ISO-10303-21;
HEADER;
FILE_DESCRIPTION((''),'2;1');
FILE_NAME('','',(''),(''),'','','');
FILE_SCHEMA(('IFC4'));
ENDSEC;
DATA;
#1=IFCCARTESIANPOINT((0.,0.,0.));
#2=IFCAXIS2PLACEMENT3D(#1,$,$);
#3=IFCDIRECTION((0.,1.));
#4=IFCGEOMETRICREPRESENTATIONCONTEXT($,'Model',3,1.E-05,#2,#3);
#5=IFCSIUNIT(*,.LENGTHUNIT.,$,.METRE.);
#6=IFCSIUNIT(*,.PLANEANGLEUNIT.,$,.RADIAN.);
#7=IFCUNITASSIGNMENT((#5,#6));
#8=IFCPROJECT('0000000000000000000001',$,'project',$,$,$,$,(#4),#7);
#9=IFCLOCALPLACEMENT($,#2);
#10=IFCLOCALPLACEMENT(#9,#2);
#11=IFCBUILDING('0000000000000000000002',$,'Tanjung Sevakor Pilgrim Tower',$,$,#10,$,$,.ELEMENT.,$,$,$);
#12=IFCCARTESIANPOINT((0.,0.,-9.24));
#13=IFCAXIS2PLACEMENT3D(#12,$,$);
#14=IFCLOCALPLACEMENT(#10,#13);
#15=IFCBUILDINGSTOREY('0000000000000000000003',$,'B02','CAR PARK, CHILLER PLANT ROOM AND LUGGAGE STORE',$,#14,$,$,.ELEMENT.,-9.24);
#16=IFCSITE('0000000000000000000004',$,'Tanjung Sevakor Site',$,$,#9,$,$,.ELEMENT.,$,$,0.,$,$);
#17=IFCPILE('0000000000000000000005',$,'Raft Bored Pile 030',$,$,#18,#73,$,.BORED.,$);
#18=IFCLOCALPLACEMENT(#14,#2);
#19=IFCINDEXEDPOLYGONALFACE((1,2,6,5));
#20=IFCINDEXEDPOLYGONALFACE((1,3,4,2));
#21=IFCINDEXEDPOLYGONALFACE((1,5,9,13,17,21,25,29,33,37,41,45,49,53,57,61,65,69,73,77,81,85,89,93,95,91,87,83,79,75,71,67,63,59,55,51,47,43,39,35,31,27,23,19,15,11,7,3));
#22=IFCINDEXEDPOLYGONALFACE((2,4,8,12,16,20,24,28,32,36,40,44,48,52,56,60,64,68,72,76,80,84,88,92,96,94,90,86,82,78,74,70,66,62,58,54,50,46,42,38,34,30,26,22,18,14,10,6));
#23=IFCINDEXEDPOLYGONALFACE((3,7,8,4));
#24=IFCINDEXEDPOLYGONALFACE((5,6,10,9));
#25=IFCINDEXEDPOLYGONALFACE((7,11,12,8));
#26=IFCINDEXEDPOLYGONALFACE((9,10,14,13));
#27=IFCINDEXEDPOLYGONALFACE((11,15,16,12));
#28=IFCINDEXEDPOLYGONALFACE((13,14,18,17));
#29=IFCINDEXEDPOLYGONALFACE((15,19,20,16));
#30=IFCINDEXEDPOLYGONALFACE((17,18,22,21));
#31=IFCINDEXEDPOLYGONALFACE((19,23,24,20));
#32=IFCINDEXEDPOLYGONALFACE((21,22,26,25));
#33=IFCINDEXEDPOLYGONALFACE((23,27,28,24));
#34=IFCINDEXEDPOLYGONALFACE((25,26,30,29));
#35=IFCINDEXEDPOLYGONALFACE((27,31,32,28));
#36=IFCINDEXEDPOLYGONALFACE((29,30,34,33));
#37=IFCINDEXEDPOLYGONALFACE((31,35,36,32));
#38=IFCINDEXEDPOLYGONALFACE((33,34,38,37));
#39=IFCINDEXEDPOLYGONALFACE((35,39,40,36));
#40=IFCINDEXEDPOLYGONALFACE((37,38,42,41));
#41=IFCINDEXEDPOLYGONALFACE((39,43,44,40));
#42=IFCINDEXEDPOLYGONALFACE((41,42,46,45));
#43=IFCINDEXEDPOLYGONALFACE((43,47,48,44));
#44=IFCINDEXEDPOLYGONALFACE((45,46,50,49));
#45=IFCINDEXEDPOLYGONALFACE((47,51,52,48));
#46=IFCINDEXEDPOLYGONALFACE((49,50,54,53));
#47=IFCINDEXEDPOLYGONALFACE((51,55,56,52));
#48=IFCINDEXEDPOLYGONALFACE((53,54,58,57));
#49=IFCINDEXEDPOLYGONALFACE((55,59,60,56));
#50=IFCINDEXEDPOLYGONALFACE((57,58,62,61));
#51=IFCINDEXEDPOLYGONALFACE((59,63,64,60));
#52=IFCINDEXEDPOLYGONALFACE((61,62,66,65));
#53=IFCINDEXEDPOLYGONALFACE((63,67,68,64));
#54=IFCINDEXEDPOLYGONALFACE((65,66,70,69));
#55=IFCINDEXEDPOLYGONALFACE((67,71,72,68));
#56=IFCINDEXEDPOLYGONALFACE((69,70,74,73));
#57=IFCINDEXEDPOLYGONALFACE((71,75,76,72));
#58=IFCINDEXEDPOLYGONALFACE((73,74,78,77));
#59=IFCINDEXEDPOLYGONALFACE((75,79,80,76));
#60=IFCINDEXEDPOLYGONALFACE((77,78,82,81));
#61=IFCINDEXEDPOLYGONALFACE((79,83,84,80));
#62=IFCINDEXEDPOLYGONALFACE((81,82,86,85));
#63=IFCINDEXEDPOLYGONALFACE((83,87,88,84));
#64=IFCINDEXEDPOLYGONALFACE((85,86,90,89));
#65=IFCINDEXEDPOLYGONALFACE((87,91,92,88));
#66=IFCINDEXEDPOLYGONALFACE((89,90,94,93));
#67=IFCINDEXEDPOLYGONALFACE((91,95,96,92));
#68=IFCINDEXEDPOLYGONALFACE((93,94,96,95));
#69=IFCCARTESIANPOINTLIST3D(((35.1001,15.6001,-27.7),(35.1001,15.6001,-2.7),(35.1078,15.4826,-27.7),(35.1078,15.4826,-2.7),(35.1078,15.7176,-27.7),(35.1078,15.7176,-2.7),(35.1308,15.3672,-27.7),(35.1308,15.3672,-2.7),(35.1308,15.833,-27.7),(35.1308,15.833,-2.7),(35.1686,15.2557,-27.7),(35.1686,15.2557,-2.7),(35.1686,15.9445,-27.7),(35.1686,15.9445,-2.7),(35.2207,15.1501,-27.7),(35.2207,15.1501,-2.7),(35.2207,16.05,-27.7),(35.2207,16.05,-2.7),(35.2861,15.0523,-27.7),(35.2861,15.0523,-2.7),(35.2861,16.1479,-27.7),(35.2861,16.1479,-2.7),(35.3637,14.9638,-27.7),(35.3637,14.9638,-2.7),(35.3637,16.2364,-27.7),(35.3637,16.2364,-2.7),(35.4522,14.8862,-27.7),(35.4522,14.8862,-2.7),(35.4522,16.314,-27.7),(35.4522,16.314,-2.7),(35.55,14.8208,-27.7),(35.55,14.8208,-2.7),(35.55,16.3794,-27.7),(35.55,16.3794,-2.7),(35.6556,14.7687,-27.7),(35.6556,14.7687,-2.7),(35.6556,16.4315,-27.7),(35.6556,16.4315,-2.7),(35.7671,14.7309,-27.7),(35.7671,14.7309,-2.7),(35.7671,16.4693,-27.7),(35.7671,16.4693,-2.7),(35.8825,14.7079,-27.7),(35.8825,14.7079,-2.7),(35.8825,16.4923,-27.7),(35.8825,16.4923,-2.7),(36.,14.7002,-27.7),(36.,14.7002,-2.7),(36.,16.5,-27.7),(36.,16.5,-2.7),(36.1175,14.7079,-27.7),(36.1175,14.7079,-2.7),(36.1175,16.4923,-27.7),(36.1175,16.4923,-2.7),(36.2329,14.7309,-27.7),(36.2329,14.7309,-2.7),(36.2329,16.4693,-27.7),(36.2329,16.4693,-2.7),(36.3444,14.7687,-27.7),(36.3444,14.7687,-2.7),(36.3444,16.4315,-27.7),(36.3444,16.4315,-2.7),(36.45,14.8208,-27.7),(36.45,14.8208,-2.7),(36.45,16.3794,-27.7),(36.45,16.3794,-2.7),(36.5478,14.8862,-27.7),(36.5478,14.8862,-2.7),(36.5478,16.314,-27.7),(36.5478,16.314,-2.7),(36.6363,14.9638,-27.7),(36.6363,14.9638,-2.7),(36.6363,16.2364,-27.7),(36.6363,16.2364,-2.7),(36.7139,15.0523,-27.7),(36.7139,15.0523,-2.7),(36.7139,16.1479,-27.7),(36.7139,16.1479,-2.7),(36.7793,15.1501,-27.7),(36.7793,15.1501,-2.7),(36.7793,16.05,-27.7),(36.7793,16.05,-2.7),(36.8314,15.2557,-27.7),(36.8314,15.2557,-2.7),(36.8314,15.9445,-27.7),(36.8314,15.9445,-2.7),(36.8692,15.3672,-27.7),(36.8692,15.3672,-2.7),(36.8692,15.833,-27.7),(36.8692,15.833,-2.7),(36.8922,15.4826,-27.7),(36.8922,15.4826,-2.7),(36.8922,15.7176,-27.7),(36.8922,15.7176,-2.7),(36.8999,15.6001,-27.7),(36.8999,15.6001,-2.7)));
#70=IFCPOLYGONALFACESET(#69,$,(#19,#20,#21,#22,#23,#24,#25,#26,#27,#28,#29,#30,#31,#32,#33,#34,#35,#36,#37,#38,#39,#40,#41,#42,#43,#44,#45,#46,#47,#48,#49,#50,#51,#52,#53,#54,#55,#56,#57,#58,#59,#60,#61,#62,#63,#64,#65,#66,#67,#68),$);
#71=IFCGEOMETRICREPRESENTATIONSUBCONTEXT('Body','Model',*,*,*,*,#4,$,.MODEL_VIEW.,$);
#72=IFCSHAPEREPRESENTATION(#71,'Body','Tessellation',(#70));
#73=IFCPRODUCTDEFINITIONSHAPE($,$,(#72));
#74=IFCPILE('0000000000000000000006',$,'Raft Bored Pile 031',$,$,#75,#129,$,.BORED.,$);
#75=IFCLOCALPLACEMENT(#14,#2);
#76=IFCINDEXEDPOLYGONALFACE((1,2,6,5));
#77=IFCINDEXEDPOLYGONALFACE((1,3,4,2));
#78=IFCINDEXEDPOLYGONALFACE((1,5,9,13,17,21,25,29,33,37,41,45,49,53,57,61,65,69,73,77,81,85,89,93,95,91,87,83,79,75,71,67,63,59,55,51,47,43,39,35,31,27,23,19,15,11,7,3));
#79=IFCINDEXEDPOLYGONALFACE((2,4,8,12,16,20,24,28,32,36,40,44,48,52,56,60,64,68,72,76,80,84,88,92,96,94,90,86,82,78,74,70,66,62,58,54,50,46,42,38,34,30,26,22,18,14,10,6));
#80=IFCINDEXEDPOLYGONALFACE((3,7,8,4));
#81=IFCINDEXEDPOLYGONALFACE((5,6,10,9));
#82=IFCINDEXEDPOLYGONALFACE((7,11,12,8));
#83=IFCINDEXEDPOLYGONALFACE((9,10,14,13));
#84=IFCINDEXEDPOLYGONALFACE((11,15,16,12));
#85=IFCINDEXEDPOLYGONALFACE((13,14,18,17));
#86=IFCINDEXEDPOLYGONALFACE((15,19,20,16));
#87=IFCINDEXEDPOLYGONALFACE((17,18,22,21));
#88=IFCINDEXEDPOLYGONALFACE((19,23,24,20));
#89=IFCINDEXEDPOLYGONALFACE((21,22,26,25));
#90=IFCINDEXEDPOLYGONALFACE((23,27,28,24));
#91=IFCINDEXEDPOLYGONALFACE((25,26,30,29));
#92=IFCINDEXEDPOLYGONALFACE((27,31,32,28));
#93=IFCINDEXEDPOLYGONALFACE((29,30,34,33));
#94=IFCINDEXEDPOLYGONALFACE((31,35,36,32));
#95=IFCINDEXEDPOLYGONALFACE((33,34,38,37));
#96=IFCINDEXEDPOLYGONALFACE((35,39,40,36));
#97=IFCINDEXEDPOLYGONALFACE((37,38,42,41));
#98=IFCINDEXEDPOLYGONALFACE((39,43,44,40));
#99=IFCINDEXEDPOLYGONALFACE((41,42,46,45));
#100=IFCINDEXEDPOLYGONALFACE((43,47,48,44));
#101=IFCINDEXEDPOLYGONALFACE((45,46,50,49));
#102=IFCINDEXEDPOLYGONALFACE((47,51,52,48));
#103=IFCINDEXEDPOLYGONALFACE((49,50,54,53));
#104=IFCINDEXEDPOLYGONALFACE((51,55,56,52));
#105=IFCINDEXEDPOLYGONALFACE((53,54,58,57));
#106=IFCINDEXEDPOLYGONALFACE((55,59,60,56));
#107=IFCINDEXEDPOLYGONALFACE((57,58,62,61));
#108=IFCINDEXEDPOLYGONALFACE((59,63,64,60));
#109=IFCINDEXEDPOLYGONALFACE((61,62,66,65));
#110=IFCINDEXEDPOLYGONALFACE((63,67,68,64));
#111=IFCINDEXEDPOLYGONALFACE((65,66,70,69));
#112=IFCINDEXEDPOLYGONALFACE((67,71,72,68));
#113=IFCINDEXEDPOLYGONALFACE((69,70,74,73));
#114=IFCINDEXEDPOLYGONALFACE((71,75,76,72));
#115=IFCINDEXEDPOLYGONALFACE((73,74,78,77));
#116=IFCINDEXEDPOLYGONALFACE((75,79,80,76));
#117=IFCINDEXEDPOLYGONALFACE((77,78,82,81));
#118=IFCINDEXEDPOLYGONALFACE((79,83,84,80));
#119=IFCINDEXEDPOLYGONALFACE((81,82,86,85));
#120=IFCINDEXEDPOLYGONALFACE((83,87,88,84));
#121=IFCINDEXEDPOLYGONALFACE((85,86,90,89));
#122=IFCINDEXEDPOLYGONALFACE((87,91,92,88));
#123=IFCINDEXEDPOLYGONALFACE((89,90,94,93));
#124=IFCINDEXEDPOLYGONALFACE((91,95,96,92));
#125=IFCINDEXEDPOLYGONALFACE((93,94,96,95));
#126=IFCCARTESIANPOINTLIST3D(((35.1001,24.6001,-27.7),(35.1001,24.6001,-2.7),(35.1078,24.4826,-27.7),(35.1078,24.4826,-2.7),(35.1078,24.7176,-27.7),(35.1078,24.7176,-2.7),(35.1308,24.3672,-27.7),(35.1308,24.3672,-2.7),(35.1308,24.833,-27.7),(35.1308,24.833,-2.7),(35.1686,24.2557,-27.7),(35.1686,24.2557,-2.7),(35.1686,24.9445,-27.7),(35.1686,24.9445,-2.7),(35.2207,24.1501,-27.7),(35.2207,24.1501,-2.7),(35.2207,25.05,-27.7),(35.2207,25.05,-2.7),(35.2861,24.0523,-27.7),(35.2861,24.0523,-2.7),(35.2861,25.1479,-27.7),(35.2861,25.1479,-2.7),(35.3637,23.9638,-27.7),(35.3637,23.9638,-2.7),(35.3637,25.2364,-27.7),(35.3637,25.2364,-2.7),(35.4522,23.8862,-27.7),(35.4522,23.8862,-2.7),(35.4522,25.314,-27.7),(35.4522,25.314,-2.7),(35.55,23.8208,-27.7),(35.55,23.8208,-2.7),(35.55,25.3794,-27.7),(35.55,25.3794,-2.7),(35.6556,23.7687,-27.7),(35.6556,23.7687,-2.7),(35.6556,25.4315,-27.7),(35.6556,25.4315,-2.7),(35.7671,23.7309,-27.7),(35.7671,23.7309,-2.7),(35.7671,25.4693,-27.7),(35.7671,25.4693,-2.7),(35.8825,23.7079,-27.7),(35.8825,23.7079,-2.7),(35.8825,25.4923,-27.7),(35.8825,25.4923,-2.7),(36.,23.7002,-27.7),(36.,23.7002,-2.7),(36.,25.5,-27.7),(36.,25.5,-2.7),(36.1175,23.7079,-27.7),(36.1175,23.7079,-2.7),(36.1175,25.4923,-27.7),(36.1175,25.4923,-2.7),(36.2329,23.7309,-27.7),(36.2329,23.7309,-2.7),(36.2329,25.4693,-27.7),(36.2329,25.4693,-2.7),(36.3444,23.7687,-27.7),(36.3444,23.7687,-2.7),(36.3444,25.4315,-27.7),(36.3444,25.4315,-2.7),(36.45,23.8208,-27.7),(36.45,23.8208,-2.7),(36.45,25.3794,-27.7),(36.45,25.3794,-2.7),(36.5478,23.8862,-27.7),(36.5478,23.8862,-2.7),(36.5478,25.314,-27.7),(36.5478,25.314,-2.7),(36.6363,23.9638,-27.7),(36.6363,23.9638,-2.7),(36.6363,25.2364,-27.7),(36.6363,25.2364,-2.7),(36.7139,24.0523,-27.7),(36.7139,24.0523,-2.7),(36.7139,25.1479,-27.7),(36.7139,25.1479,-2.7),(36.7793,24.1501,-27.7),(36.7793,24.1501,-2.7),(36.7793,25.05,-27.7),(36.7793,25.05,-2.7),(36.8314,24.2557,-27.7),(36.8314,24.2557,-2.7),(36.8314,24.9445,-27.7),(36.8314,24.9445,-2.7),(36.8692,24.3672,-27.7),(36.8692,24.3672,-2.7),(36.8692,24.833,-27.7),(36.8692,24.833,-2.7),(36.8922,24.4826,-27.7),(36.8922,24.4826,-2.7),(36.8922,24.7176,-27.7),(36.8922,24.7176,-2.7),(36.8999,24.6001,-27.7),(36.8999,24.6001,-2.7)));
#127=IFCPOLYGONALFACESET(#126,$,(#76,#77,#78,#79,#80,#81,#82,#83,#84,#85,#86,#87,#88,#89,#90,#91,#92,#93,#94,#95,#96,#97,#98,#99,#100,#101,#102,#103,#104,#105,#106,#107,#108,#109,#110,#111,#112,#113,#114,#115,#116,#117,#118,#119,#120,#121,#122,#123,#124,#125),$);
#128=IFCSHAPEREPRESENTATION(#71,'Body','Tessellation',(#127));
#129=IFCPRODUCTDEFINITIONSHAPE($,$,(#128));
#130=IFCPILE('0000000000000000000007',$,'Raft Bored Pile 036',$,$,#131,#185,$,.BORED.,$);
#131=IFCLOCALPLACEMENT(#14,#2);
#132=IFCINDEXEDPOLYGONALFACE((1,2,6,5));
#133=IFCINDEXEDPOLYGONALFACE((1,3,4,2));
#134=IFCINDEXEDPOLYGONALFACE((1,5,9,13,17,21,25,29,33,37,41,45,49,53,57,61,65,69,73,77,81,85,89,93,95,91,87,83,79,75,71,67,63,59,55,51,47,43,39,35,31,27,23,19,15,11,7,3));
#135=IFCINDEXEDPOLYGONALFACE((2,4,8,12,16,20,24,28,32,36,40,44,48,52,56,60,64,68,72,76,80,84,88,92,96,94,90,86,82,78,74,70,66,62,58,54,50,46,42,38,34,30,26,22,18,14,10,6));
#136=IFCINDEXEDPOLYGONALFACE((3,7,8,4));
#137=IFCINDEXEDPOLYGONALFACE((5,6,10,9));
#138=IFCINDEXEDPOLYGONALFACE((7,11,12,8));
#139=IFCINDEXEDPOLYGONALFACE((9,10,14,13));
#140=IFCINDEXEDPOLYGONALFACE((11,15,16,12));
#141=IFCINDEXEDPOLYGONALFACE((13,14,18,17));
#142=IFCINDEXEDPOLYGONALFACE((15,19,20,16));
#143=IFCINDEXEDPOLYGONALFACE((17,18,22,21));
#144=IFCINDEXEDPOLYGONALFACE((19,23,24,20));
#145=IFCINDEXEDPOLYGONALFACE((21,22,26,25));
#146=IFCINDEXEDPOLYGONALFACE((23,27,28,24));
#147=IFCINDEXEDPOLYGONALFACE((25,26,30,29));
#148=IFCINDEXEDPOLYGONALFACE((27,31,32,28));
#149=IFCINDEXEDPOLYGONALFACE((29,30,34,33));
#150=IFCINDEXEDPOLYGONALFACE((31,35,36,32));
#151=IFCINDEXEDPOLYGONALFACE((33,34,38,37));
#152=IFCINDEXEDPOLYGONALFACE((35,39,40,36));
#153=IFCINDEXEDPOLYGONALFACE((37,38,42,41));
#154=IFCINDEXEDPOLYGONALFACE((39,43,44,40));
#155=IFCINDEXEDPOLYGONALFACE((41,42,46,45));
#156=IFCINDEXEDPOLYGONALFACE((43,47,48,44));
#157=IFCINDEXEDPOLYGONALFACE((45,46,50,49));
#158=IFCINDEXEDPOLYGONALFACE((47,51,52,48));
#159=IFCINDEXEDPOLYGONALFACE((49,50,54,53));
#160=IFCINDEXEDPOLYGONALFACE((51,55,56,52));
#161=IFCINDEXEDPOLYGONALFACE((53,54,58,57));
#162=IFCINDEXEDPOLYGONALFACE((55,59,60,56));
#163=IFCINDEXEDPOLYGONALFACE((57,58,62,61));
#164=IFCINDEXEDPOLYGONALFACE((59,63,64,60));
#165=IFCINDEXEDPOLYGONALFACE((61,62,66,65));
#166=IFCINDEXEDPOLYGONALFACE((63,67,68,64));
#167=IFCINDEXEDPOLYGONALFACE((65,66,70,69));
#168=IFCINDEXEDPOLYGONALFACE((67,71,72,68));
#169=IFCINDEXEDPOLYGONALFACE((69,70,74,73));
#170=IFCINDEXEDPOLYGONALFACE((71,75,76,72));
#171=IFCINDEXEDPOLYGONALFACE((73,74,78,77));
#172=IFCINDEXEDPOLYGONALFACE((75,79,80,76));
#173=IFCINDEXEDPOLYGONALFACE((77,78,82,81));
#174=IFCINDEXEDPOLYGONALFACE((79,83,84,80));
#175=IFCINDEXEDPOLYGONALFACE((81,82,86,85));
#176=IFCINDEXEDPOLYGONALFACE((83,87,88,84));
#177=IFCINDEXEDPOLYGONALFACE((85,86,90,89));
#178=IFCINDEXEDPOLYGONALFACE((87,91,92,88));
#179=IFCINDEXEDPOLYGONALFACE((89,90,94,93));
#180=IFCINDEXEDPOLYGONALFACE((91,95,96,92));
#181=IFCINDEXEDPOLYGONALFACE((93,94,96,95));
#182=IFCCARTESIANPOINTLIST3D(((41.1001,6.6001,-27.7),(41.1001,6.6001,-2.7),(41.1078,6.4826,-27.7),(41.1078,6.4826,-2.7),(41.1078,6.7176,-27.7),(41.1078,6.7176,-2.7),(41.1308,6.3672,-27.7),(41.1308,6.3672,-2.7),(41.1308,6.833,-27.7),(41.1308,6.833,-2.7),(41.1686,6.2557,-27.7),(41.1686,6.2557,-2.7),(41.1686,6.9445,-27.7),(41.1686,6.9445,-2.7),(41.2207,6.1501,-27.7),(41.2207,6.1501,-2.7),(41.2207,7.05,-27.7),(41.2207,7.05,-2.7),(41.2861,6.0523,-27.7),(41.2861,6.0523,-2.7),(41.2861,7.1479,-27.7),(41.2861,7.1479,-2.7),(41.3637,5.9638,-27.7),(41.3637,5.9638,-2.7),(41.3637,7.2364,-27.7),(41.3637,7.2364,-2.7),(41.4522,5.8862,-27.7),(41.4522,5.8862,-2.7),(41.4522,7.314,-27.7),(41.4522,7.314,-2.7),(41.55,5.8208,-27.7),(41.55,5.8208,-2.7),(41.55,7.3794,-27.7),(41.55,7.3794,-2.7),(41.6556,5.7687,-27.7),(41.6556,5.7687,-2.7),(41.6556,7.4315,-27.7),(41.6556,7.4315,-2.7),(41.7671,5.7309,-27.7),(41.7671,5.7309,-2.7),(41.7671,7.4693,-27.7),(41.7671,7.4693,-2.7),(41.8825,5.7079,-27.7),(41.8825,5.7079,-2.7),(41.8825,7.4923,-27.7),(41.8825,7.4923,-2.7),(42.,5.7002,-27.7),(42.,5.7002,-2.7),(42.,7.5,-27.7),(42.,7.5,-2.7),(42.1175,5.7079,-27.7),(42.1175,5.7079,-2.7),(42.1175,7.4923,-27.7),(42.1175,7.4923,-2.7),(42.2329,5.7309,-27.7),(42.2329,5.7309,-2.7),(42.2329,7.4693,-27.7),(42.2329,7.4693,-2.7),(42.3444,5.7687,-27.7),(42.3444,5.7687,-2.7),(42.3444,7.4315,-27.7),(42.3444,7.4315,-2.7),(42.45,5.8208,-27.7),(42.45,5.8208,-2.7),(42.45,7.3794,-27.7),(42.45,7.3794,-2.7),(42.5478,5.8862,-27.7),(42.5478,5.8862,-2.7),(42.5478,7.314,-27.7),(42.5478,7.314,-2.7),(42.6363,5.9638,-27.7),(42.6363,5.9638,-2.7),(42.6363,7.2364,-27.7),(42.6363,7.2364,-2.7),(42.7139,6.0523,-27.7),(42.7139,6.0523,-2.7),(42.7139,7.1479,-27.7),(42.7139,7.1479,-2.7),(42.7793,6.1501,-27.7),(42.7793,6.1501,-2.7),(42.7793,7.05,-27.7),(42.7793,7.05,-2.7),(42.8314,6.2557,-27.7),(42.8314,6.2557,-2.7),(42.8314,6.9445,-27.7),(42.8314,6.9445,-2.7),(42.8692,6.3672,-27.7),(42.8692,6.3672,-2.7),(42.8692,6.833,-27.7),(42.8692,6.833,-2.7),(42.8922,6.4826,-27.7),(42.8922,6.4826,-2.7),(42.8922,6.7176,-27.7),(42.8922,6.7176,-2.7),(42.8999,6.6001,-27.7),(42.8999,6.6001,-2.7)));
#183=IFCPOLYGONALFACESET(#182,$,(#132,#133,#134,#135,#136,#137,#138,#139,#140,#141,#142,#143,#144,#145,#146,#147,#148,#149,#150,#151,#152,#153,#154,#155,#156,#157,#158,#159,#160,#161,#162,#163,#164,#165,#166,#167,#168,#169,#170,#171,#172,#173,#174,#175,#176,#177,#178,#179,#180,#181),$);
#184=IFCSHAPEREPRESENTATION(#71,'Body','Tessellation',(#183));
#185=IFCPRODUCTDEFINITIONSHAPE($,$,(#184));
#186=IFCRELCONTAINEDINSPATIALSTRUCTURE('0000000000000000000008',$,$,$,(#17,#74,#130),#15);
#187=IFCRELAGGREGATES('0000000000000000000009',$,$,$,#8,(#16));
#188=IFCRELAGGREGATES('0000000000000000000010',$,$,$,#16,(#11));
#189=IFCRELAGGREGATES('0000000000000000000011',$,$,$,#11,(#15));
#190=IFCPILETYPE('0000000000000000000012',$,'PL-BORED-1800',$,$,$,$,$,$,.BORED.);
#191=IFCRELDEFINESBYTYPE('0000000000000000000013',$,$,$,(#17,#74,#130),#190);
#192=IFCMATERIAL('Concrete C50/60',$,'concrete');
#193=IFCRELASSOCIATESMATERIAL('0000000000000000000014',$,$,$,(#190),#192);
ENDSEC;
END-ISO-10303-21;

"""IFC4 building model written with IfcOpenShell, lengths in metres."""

from ifc_helpers import new_model, si_unit, direction, frame, origin, origin_2d, place, context, subcontext, project, spatial, circle, extrude, material, material_profile, profile_set, type_object, element, save


model = new_model("IFC4")

# Units and contexts
model_context = context("Model", 3, precision=1e-05, world=origin(), true_north=direction((0.0, 1.0)))
body_context = subcontext(model_context, "Body", "Model", "MODEL_VIEW")
ifc_project = project(units=[si_unit("LENGTHUNIT", "METRE"), si_unit("PLANEANGLEUNIT", "RADIAN")], contexts=[model_context])

# Site, building, storey
site_placement = place(None, origin())
site = spatial("IfcSite", under=ifc_project, at=site_placement, Name="Tanjung Sevakor Site", CompositionType="ELEMENT", RefElevation=0.0)
building_placement = place(site_placement, origin())
building = spatial("IfcBuilding", under=site, at=building_placement, Name="Tanjung Sevakor Pilgrim Tower", CompositionType="ELEMENT")
storey_placement = place(building_placement, frame((0.0, 0.0, -9.24)))
storey = spatial("IfcBuildingStorey", under=building, at=storey_placement, Name="B02", Description="CAR PARK, CHILLER PLANT ROOM AND LUGGAGE STORE", CompositionType="ELEMENT", Elevation=-9.24)

# Piles
ifc_material_1 = material(Name="Concrete C50/60", Category="concrete")
ifc_material_profile_1 = material_profile(ifc_material_1, circle(Radius=0.8999, at=origin_2d()))
ifc_profile_set_1 = profile_set([ifc_material_profile_1], Name="Concrete C50/60")
pile_type = type_object("IfcPileType", Name="PL-BORED-1800", PredefinedType="BORED", material=ifc_profile_set_1)
for number, where, z_axis, x_axis, name in (
    (1, (36.0, 15.6001, -2.7), (0.0, 0.0, -1.0), (1.0, 0.0, 0.0), "Raft Bored Pile 030"),
    (2, (36.0, 24.6001, -2.7), (0.0, 0.0, -1.0), (1.0, 0.0, 0.0), "Raft Bored Pile 031"),
    (3, (42.0, 6.6001, -2.7), (0.0, 0.0, -1.0), (1.0, 0.0, 0.0), "Raft Bored Pile 036"),
):
    element("IfcPile", number, at=place(storey_placement, frame(where, z_axis=z_axis, x_axis=x_axis)), inside=storey, type_object=pile_type, Name=name, PredefinedType="BORED", context=body_context, shape_type="SweptSolid", body=[
        extrude(circle(Radius=0.8999, at=origin_2d()), origin(), (0.0, 0.0, 1.0), 25.0),
    ])

save(model, "model.ifc")
